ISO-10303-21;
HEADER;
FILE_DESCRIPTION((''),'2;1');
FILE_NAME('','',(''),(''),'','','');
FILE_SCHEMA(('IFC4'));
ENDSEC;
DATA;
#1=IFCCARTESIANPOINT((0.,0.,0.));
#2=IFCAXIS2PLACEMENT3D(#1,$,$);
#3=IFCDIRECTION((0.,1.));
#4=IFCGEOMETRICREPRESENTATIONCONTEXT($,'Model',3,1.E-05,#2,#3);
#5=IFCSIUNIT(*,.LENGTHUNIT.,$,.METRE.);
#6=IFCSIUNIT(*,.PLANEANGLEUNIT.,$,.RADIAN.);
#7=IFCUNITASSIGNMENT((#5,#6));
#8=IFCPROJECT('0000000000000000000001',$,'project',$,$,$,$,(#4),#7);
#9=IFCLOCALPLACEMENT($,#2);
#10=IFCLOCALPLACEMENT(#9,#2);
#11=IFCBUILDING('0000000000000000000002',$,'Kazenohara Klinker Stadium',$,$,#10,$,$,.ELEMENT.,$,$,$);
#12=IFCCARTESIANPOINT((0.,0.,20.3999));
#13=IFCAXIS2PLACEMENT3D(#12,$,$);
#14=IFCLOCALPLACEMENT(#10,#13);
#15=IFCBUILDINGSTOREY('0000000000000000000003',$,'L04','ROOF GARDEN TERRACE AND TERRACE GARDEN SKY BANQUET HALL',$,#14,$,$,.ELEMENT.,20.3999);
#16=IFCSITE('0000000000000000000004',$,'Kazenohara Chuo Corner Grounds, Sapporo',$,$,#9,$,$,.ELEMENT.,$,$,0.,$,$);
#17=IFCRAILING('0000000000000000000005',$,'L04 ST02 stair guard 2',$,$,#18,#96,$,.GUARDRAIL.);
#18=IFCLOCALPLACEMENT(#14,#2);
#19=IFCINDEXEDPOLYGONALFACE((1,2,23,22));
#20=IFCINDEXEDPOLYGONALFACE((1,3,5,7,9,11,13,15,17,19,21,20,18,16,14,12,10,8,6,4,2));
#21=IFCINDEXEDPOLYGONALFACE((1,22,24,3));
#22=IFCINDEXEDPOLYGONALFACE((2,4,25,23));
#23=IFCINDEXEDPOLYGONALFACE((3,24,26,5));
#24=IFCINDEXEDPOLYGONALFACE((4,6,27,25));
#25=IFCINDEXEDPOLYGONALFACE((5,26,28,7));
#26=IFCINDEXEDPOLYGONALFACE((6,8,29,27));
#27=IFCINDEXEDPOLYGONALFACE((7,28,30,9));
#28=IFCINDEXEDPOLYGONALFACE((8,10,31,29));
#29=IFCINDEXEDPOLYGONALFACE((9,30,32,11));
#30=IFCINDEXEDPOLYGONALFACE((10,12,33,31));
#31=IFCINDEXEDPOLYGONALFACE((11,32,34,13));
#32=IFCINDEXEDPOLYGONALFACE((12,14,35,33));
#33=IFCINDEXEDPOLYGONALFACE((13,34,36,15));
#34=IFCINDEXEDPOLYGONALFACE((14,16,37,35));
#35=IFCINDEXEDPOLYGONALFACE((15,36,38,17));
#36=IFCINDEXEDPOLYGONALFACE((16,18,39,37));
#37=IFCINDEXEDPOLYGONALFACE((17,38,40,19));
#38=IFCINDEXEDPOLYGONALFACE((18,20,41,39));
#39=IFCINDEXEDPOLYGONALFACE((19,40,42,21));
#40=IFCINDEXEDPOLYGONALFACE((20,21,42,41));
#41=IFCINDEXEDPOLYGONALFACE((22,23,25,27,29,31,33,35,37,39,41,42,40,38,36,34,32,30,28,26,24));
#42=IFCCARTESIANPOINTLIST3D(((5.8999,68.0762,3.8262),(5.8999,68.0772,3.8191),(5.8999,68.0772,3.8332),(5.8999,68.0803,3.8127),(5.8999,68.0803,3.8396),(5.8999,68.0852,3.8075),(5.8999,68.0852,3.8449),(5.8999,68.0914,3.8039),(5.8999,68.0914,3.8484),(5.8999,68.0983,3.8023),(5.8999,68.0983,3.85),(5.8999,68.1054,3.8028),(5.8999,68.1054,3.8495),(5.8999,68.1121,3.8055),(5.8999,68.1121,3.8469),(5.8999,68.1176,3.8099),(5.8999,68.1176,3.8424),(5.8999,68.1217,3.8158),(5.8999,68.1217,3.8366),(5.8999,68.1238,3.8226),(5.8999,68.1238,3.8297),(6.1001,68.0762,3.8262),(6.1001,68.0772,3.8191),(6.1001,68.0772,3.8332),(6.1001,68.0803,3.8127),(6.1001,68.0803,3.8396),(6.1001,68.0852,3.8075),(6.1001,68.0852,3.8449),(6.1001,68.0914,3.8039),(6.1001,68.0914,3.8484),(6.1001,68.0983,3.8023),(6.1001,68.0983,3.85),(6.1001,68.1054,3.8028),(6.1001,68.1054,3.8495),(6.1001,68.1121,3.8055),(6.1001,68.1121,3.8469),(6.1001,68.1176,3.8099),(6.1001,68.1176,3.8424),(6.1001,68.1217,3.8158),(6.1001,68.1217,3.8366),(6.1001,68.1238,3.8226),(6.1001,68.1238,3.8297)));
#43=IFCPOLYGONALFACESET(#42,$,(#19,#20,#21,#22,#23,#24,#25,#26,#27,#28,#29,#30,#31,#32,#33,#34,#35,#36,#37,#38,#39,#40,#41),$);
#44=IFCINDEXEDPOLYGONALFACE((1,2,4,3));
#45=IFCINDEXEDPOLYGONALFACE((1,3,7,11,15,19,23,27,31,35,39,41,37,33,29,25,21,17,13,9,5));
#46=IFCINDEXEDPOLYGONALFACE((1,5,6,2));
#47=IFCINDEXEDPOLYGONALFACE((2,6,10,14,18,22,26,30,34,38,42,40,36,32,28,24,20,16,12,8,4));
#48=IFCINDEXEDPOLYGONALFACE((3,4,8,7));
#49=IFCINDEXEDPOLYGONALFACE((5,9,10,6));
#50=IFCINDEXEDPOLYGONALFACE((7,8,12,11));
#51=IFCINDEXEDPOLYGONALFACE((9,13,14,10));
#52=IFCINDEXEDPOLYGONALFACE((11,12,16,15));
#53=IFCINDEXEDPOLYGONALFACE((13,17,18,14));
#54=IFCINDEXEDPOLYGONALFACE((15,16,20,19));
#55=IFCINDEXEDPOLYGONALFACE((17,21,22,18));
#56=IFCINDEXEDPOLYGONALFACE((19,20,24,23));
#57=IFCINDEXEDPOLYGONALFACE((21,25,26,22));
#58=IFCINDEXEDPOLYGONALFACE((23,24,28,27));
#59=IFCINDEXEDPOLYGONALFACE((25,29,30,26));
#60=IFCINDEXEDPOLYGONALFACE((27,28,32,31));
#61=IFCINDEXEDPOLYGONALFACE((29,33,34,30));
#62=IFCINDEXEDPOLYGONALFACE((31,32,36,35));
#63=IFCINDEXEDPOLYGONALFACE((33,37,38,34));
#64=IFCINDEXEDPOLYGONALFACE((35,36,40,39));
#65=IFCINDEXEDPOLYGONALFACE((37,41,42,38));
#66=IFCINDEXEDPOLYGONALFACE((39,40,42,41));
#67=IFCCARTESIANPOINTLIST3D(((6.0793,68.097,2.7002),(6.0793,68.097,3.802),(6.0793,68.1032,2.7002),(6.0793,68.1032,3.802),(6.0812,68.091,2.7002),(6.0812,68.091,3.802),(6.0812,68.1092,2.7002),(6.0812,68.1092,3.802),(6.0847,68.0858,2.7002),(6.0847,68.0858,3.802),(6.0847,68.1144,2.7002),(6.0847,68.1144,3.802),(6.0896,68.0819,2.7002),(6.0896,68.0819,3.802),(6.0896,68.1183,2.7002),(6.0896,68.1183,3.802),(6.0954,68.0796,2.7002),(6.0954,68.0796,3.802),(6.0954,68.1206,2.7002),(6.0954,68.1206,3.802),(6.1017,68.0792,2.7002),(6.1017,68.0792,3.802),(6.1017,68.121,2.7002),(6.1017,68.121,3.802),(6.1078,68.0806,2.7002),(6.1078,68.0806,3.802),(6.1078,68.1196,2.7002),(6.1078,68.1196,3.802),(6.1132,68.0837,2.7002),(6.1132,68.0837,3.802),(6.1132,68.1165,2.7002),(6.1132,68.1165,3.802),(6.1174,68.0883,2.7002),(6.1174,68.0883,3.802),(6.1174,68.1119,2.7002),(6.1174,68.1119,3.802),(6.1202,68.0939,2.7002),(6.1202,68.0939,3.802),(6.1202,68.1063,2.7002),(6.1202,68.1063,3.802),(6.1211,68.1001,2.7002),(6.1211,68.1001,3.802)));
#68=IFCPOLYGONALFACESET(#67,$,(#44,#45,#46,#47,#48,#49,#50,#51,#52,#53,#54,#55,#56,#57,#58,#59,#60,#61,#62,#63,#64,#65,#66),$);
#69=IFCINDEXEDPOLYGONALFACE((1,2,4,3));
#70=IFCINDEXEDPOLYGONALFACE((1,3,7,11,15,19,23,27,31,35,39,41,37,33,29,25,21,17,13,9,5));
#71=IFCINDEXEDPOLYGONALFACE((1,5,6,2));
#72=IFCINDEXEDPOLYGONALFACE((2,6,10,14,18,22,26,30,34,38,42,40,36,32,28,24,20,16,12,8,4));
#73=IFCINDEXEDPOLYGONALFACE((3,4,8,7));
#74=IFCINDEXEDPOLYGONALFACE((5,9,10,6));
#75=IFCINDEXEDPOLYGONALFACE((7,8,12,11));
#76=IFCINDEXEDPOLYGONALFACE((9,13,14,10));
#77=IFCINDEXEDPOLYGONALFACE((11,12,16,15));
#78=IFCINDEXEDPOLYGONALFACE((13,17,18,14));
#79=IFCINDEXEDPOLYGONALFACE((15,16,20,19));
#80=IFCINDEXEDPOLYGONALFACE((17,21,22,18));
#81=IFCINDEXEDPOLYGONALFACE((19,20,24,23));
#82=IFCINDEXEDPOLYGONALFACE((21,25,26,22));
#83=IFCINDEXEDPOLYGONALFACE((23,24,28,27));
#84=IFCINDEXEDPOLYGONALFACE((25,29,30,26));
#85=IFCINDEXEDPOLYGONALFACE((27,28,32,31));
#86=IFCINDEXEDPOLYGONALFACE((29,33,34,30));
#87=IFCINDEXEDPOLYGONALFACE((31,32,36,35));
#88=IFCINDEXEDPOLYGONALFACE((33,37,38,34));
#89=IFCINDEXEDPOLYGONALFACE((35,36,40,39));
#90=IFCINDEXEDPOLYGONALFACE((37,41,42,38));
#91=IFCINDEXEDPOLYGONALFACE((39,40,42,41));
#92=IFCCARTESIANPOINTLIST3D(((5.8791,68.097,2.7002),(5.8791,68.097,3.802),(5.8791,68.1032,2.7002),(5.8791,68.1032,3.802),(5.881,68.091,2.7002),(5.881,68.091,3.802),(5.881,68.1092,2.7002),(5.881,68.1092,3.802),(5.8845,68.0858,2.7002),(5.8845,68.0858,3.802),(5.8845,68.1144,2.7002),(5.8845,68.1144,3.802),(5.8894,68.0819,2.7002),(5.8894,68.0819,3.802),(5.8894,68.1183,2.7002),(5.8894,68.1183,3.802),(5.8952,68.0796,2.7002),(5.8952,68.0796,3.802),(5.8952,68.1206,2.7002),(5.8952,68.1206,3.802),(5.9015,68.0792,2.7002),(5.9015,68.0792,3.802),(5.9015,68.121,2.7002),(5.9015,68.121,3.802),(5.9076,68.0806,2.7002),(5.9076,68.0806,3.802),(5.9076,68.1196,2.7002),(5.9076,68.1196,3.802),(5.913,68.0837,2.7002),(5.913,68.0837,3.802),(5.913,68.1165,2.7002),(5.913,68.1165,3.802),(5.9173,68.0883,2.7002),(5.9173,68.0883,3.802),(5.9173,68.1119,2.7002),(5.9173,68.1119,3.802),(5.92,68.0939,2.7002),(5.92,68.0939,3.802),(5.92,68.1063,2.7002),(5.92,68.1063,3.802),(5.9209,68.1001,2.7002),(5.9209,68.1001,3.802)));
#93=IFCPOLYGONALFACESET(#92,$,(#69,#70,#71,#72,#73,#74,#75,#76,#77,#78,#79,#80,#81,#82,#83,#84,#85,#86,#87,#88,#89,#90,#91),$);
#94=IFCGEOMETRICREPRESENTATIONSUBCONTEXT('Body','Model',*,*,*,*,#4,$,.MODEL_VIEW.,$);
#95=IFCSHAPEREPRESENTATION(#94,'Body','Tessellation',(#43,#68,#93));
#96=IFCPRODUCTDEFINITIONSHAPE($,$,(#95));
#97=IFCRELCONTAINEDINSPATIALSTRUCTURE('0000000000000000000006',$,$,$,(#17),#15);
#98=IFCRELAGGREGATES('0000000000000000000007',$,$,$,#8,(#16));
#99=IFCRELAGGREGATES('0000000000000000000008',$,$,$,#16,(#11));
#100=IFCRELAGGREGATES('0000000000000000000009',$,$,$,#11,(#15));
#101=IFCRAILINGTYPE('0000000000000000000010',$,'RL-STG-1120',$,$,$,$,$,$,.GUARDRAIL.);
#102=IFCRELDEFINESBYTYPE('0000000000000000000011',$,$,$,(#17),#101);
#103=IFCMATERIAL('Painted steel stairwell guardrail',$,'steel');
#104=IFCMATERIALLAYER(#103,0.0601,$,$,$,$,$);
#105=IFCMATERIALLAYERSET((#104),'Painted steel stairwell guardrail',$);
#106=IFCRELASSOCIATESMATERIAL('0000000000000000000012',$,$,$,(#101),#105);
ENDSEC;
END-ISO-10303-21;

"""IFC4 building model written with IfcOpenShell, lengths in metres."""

from ifc_helpers import new_model, si_unit, direction, frame, origin, origin_2d, place, context, subcontext, project, spatial, circle, extrude, material, layer, layer_set, type_object, element, save


model = new_model("IFC4")

# Units and contexts
model_context = context("Model", 3, precision=1e-05, world=origin(), true_north=direction((0.0, 1.0)))
body_context = subcontext(model_context, "Body", "Model", "MODEL_VIEW")
ifc_project = project(units=[si_unit("LENGTHUNIT", "METRE"), si_unit("PLANEANGLEUNIT", "RADIAN")], contexts=[model_context])

# Site, building, storey
site_placement = place(None, origin())
site = spatial("IfcSite", under=ifc_project, at=site_placement, Name="Kazenohara Chuo Corner Grounds, Sapporo", CompositionType="ELEMENT", RefElevation=0.0)
building_placement = place(site_placement, origin())
building = spatial("IfcBuilding", under=site, at=building_placement, Name="Kazenohara Klinker Stadium", CompositionType="ELEMENT")
storey_placement = place(building_placement, frame((0.0, 0.0, 20.3999)))
storey = spatial("IfcBuildingStorey", under=building, at=storey_placement, Name="L04", Description="ROOF GARDEN TERRACE AND TERRACE GARDEN SKY BANQUET HALL", CompositionType="ELEMENT", Elevation=20.3999)

# Railing
ifc_material_1 = material(Name="Painted steel stairwell guardrail", Category="steel")
ifc_layer_1 = layer(ifc_material_1, 0.0601)
ifc_layer_set_1 = layer_set([ifc_layer_1], Name="Painted steel stairwell guardrail")
railing_type_1 = type_object("IfcRailingType", Name="RL-STG-1120", PredefinedType="GUARDRAIL", material=ifc_layer_set_1)
railing_1_placement = place(storey_placement, frame((6.1001, 68.1001, 2.7002)))
element("IfcRailing", 1, at=railing_1_placement, inside=storey, type_object=railing_type_1, Name="L04 ST02 stair guard 2", PredefinedType="GUARDRAIL", context=body_context, shape_type="SweptSolid", body=[
    extrude(circle(Radius=0.0239, at=origin_2d()), frame((0.0, 0.0, 1.126), z_axis=(-1.0, 0.0, 0.0), x_axis=(0.0, -1.0, 0.0)), (0.0, 0.0, 1.0), 0.2002),
    extrude(circle(Radius=0.021, at=origin_2d()), origin(), (0.0, 0.0, 1.0), 1.1018),
    extrude(circle(Radius=0.021, at=origin_2d()), frame((-0.2002, 0.0, 0.0)), (0.0, 0.0, 1.0), 1.1018),
])

save(model, "model.ifc")
